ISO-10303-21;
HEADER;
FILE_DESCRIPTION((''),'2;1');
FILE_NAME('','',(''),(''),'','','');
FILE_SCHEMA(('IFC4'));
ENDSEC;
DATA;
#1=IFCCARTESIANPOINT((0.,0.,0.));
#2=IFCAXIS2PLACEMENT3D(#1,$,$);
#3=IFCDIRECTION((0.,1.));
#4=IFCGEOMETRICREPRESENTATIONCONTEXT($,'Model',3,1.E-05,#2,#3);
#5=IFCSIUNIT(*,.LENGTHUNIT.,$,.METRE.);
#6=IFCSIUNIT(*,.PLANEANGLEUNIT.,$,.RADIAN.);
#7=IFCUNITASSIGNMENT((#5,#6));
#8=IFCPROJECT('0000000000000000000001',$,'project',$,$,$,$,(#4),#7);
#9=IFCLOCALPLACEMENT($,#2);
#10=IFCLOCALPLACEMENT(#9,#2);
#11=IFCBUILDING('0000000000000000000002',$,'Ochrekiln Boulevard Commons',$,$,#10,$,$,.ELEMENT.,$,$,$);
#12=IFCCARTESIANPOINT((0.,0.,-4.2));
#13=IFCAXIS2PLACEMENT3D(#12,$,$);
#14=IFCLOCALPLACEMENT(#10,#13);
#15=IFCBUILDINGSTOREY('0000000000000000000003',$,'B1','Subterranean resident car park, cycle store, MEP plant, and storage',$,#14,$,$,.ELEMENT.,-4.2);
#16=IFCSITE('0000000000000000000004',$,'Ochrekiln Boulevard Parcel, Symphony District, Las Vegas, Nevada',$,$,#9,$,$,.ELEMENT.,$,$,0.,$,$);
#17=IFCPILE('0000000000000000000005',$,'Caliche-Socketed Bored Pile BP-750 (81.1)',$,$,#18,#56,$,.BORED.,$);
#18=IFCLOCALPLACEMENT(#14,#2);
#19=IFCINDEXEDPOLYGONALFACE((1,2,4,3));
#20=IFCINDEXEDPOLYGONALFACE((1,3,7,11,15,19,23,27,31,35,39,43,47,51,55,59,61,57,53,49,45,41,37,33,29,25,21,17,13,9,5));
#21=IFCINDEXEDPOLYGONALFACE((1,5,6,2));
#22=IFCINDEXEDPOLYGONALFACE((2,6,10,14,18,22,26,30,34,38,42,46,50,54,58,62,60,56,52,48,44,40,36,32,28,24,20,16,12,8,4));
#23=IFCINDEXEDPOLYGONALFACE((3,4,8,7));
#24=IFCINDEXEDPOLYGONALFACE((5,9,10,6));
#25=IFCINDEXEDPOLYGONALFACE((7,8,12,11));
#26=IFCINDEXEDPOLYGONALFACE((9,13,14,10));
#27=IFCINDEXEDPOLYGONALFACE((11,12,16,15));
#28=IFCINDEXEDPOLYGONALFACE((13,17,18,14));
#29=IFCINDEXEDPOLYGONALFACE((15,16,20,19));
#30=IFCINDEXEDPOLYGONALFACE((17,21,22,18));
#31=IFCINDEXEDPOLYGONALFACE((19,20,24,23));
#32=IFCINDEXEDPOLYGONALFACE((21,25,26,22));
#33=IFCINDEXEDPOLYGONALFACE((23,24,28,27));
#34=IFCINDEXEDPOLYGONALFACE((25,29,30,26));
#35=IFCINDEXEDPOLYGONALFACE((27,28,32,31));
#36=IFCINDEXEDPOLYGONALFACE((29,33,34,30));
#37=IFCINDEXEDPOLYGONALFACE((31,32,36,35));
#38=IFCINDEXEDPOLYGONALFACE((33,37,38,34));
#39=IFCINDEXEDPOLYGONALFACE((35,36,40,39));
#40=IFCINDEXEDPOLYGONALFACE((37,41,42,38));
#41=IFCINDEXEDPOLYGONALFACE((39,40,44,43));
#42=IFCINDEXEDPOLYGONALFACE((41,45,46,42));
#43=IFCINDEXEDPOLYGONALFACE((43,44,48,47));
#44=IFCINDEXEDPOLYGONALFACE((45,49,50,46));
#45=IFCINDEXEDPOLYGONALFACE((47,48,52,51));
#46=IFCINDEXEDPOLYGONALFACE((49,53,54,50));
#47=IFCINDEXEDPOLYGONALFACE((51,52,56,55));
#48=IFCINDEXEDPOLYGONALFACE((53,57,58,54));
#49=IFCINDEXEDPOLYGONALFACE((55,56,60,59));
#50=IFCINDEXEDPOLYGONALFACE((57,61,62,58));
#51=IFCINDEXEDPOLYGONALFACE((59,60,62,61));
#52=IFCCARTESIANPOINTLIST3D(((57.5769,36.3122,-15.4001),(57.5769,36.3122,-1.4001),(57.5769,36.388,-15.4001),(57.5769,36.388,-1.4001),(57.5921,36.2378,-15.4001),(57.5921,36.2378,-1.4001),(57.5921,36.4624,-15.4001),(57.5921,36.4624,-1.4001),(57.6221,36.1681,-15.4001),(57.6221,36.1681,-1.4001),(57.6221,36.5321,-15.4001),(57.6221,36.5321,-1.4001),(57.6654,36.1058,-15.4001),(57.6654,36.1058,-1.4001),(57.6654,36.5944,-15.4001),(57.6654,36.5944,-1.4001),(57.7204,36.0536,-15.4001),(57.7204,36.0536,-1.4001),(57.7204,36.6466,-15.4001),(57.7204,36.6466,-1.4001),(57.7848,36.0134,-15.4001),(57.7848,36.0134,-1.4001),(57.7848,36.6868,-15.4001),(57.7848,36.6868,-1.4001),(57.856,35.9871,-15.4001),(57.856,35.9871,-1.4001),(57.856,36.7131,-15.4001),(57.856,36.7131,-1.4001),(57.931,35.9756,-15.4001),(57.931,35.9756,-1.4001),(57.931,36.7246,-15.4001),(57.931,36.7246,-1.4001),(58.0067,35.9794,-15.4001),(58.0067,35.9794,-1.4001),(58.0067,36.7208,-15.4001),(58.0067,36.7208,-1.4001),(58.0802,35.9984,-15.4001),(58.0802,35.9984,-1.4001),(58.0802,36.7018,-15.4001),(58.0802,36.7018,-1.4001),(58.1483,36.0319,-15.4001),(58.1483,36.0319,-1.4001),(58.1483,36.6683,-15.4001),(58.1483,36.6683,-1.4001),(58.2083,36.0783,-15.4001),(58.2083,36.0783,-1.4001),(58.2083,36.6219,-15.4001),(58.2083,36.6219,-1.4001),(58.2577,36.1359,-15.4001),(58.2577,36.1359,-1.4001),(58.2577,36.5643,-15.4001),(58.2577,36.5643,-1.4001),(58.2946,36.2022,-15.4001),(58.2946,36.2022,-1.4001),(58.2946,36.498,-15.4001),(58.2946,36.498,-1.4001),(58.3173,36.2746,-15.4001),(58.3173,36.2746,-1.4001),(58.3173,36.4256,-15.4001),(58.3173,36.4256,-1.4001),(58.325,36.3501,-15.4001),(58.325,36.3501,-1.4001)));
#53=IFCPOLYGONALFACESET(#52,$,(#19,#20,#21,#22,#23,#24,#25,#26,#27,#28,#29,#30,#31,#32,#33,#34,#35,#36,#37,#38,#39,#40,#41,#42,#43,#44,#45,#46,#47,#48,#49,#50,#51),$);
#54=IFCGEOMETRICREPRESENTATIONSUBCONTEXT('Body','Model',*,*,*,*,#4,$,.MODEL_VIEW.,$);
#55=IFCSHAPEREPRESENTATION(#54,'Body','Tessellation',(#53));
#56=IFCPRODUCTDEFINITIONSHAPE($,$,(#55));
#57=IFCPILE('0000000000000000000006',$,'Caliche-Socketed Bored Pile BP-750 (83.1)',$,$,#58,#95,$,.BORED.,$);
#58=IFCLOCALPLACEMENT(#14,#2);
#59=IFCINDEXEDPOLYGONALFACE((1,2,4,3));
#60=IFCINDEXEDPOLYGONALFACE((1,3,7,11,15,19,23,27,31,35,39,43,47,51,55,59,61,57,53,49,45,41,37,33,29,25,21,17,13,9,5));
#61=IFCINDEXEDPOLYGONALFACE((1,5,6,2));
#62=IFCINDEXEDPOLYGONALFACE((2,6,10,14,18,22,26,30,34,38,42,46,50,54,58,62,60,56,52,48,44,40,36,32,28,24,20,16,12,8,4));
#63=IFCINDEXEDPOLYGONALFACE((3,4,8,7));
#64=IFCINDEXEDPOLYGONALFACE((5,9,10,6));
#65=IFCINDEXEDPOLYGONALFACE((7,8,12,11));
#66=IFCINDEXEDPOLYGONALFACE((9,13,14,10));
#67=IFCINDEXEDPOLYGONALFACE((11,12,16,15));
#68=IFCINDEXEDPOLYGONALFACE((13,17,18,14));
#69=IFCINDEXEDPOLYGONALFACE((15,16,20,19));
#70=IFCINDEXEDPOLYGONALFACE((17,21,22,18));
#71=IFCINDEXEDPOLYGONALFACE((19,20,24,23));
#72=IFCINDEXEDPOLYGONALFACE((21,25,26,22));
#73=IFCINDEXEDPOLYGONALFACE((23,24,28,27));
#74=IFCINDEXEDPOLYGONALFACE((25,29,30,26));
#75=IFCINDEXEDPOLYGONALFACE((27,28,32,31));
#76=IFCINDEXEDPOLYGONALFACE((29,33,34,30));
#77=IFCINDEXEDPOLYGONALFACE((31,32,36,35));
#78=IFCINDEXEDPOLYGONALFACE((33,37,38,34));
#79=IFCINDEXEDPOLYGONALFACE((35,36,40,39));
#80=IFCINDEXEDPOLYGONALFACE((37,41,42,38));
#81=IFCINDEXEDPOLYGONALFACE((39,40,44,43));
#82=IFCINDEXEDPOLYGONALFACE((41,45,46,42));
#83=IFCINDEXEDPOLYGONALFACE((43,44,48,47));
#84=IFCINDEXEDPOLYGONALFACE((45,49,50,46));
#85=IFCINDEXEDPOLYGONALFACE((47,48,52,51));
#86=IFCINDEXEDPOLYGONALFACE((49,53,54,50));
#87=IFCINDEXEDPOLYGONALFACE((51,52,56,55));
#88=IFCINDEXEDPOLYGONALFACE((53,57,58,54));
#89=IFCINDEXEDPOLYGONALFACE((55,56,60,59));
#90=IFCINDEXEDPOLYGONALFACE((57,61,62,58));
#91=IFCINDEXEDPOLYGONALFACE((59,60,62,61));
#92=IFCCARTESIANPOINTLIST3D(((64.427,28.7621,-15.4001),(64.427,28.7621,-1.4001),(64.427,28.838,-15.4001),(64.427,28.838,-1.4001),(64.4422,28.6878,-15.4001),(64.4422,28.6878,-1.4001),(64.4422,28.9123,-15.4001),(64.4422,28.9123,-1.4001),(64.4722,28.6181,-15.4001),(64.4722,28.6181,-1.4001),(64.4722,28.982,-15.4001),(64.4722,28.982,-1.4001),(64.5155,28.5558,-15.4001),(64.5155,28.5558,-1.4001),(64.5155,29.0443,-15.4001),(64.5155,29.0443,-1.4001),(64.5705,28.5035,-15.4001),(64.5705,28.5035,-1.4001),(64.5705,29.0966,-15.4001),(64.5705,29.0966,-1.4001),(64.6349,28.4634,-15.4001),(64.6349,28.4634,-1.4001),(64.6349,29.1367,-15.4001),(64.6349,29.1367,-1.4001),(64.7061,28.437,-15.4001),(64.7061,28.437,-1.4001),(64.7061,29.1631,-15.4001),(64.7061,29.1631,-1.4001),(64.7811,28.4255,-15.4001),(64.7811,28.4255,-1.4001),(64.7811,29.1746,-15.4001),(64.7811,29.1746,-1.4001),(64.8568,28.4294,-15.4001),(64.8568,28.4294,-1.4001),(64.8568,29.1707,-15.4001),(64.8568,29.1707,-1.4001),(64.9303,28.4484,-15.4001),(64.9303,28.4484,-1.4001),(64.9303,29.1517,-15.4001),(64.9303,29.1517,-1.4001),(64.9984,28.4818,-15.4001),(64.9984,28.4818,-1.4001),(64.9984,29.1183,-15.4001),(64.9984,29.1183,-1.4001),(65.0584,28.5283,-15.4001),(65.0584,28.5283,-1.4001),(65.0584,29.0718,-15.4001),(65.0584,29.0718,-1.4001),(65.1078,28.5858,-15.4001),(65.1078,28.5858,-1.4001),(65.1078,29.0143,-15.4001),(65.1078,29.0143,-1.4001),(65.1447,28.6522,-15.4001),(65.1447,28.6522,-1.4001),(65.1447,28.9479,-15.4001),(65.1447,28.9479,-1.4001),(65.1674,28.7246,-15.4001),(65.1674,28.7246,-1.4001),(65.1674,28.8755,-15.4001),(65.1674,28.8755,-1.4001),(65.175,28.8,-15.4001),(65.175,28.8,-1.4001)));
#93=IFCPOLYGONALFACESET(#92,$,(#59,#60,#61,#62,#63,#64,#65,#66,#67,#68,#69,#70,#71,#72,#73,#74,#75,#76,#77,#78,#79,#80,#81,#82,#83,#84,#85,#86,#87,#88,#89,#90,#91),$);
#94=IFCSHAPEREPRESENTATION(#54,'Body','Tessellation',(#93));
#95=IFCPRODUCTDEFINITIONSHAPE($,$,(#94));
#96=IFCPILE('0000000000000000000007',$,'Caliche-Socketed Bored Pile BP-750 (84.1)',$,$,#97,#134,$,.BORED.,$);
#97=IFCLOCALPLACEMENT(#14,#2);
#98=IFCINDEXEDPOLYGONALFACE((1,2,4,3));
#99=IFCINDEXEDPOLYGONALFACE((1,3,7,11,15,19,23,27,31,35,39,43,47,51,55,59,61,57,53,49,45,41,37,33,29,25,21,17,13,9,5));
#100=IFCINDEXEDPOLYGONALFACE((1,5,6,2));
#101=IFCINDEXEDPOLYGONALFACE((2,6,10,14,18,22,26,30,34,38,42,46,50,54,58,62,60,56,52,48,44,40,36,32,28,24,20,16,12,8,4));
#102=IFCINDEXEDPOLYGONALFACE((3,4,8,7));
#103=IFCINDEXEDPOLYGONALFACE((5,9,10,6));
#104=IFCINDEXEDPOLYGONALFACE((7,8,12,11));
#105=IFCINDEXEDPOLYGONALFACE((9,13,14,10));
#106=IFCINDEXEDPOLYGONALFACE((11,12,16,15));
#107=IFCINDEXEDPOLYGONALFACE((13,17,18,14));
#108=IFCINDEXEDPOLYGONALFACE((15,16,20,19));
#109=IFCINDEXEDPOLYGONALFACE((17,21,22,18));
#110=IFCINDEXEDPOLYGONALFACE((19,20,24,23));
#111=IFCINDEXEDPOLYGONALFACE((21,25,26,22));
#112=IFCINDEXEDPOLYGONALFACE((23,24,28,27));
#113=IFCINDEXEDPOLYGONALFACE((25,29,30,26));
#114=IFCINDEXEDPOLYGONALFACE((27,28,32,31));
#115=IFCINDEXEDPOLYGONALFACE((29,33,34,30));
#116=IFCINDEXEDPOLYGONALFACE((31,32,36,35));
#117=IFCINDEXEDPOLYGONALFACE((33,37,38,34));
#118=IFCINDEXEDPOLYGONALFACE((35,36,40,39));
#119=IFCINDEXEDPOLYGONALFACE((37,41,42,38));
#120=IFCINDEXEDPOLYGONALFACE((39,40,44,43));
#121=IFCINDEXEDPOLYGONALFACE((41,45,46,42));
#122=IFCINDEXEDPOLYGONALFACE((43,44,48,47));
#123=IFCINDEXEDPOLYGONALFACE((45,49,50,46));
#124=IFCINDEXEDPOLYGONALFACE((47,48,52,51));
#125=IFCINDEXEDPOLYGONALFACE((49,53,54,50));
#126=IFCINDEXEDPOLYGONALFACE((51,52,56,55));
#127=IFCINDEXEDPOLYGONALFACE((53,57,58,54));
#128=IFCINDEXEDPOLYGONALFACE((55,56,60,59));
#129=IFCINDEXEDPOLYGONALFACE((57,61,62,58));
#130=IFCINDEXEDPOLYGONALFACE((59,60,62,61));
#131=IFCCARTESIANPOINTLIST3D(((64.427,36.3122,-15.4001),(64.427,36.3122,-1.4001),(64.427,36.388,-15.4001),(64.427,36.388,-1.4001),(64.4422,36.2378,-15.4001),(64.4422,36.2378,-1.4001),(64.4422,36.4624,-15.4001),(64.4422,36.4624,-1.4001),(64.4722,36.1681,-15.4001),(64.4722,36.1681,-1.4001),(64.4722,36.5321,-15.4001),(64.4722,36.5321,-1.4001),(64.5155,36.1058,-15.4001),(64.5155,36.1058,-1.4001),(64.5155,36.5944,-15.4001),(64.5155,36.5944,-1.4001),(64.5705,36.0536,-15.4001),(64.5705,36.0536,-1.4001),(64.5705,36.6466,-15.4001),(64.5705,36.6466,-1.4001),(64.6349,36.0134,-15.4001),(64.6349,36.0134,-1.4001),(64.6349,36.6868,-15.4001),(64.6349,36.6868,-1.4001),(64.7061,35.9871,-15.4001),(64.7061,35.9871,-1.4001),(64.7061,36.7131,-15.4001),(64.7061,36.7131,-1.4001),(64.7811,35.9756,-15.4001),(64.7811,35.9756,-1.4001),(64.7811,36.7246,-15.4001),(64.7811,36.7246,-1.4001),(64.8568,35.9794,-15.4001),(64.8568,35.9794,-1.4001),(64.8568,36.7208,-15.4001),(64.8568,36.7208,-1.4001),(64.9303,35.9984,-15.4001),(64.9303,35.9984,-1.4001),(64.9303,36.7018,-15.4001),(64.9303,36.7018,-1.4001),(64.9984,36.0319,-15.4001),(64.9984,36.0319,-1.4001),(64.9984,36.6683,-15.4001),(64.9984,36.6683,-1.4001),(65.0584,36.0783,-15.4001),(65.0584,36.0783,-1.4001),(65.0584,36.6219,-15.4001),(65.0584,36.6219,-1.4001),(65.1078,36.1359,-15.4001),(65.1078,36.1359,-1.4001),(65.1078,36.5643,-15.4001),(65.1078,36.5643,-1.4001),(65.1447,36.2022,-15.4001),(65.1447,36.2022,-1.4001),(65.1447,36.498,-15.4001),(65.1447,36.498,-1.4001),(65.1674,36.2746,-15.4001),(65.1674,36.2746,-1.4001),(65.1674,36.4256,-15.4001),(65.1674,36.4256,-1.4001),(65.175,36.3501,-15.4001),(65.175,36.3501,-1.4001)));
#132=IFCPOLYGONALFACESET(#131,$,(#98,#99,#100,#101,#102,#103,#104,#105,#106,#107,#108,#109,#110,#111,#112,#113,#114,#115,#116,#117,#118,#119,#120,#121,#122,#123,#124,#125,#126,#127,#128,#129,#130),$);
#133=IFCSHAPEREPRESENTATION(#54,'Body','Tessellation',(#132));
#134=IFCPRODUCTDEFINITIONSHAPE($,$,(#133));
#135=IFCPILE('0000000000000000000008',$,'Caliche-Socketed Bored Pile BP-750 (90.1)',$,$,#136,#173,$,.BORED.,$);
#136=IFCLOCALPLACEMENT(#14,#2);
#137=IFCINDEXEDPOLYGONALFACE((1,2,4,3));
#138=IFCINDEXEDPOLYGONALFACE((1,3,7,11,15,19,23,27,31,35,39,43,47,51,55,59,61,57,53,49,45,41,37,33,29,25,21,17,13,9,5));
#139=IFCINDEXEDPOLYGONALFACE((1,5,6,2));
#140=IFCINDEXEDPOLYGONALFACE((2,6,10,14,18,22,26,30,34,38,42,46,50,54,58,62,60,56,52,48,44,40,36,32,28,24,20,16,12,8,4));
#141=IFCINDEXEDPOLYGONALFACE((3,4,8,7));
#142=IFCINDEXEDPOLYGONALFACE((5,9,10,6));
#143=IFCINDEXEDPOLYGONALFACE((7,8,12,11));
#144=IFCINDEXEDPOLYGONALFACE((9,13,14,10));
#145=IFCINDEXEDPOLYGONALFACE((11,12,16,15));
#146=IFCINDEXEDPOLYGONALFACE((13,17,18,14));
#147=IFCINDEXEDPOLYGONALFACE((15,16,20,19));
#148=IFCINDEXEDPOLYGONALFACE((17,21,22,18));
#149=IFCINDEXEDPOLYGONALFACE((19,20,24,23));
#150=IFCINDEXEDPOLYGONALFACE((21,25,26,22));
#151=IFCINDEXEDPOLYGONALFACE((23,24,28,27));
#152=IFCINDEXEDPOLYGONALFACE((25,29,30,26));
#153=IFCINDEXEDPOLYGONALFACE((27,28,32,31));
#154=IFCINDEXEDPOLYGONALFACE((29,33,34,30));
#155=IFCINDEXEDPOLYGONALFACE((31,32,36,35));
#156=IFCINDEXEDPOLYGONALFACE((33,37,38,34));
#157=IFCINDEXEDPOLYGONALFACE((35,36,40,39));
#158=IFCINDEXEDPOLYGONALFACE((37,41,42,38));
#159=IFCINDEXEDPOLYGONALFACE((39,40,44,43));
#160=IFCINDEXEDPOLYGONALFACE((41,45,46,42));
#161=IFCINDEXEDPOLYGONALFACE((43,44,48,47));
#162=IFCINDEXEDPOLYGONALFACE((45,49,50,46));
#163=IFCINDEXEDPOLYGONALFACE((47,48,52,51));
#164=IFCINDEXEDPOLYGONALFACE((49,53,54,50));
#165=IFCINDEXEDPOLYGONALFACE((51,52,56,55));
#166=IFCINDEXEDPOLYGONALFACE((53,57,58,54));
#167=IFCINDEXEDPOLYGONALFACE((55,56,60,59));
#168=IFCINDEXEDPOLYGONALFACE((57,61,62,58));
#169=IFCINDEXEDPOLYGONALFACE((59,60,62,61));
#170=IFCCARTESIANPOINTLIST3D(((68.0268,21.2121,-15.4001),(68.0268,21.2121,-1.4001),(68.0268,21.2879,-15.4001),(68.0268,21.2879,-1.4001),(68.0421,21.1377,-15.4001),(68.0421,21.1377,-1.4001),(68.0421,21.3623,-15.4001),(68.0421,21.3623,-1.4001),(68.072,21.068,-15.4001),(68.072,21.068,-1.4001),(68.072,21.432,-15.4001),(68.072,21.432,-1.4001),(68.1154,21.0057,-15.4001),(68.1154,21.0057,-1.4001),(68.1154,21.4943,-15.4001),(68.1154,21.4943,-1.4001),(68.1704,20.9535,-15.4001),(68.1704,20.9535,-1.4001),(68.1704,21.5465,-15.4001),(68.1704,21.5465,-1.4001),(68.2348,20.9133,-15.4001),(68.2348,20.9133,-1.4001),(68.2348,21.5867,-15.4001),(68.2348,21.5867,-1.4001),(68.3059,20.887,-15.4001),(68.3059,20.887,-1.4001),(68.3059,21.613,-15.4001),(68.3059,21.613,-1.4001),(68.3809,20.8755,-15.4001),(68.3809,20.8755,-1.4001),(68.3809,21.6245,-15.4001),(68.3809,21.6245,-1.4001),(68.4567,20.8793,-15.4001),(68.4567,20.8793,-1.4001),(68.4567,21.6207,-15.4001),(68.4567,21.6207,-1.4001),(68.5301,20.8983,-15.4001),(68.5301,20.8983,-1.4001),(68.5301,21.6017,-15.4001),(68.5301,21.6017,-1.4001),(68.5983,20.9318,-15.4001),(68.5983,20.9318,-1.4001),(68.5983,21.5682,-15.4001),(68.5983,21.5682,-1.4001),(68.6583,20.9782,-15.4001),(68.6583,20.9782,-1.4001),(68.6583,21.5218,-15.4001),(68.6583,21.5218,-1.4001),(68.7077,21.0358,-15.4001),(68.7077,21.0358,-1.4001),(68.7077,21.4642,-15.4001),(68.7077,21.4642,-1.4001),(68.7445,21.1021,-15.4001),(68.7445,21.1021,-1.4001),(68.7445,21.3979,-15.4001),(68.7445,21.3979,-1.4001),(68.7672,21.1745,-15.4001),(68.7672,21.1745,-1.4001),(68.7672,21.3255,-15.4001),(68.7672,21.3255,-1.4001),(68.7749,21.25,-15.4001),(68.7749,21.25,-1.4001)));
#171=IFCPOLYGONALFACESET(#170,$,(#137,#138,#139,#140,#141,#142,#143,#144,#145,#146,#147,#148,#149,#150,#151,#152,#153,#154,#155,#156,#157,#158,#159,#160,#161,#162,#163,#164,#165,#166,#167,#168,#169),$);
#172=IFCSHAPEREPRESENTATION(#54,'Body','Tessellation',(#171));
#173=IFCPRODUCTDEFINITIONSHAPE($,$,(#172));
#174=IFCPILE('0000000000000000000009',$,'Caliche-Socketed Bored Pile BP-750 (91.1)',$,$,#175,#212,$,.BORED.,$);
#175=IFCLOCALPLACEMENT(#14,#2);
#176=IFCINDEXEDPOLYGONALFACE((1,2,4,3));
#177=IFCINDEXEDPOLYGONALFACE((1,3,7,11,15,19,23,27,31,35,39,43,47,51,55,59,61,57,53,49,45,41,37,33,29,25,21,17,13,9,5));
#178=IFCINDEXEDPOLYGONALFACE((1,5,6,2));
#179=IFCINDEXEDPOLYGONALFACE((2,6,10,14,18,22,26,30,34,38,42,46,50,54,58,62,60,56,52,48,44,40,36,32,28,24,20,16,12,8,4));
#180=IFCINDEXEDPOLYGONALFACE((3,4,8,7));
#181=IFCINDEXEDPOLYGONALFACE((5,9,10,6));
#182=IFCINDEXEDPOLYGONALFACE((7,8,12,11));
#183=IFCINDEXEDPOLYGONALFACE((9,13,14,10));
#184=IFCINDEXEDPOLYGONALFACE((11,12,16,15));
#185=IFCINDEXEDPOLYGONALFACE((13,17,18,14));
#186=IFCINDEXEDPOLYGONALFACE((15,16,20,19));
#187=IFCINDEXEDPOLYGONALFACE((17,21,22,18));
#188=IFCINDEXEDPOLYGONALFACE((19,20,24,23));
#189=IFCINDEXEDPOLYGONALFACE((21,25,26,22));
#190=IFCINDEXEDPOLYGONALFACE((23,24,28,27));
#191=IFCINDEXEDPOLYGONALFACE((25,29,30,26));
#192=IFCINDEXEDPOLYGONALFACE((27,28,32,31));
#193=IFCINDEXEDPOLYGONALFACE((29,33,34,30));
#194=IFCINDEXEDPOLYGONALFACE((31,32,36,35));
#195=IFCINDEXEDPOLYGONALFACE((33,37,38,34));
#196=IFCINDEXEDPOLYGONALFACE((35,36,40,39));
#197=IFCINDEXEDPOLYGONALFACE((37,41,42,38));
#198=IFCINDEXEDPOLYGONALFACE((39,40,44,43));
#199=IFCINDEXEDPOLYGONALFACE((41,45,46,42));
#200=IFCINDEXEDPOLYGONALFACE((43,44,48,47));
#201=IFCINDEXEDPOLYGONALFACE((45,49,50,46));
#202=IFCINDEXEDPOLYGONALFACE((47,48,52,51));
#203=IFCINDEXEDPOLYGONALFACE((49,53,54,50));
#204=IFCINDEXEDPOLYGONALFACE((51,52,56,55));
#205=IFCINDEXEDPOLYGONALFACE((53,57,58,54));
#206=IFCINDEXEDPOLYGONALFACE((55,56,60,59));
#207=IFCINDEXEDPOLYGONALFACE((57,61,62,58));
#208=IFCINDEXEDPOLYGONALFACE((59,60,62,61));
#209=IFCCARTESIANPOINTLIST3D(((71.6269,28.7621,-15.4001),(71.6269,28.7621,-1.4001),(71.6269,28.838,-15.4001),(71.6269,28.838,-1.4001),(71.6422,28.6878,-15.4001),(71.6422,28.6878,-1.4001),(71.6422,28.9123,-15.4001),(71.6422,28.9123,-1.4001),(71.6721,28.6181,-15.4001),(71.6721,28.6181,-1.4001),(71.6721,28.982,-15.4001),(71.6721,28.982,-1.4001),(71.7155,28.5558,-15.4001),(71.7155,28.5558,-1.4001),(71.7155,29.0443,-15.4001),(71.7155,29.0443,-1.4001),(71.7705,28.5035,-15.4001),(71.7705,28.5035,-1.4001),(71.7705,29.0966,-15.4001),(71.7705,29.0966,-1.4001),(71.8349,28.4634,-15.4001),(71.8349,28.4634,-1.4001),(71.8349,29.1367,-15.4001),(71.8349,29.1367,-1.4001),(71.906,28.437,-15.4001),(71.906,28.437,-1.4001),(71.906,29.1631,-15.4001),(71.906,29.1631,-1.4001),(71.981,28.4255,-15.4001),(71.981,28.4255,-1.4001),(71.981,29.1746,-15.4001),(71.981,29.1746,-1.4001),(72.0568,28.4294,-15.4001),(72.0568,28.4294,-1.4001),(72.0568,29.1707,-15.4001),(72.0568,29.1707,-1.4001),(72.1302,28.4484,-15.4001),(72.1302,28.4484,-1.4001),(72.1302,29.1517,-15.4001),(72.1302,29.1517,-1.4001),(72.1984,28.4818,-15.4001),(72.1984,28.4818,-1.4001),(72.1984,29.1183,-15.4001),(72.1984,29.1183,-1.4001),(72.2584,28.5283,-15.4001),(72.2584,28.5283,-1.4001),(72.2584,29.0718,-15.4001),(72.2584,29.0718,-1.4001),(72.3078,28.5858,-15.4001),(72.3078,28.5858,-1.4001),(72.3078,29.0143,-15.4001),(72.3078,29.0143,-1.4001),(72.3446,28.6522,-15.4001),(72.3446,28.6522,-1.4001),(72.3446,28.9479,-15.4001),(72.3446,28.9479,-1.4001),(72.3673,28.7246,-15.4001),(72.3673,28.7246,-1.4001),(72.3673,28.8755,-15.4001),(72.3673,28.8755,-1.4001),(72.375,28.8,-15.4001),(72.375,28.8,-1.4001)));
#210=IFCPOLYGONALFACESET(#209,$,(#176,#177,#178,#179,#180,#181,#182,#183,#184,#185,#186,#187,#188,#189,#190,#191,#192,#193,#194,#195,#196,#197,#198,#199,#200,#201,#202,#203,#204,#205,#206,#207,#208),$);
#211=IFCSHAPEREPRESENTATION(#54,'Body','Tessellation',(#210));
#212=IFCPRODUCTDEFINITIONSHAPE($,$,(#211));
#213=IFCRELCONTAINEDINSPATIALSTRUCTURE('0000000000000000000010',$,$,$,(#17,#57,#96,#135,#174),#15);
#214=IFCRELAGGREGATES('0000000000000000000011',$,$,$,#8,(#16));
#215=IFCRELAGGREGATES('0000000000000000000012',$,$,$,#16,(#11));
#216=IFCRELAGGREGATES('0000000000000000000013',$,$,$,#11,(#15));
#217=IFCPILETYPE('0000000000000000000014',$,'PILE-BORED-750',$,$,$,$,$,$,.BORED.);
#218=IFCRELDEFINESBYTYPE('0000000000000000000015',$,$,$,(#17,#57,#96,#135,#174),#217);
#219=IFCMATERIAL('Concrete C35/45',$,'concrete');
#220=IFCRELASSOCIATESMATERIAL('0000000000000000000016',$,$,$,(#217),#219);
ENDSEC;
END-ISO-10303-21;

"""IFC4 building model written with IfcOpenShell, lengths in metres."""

from ifc_helpers import new_model, si_unit, direction, frame, origin, origin_2d, place, context, subcontext, project, spatial, circle, extrude, material, material_profile, profile_set, type_object, element, save


model = new_model("IFC4")

# Units and contexts
model_context = context("Model", 3, precision=1e-05, world=origin(), true_north=direction((0.0, 1.0)))
body_context = subcontext(model_context, "Body", "Model", "MODEL_VIEW")
ifc_project = project(units=[si_unit("LENGTHUNIT", "METRE"), si_unit("PLANEANGLEUNIT", "RADIAN")], contexts=[model_context])

# Site, building, storey
site_placement = place(None, origin())
site = spatial("IfcSite", under=ifc_project, at=site_placement, Name="Ochrekiln Boulevard Parcel, Symphony District, Las Vegas, Nevada", CompositionType="ELEMENT", RefElevation=0.0)
building_placement = place(site_placement, origin())
building = spatial("IfcBuilding", under=site, at=building_placement, Name="Ochrekiln Boulevard Commons", CompositionType="ELEMENT")
storey_placement = place(building_placement, frame((0.0, 0.0, -4.2)))
storey = spatial("IfcBuildingStorey", under=building, at=storey_placement, Name="B1", Description="Subterranean resident car park, cycle store, MEP plant, and storage", CompositionType="ELEMENT", Elevation=-4.2)

# Shared definitions
ifc_material_1 = material(Name="Concrete C35/45", Category="concrete")

# Piles
ifc_material_profile_1 = material_profile(ifc_material_1, circle(Radius=0.375, at=origin_2d()), Name="PILE-D750")
ifc_profile_set_1 = profile_set([ifc_material_profile_1], Name="Concrete C35/45")
pile_type = type_object("IfcPileType", Name="PILE-BORED-750", PredefinedType="BORED", material=ifc_profile_set_1)
for number, where, z_axis, x_axis, name in (
    (1, (57.95, 36.3501, -1.4001), (0.0, 0.0, -1.0), (1.0, 0.0, 0.0), "Caliche-Socketed Bored Pile BP-750 (81.1)"),
    (2, (64.8, 28.8, -1.4001), (0.0, 0.0, -1.0), (1.0, 0.0, 0.0), "Caliche-Socketed Bored Pile BP-750 (83.1)"),
    (3, (64.8, 36.3501, -1.4001), (0.0, 0.0, -1.0), (1.0, 0.0, 0.0), "Caliche-Socketed Bored Pile BP-750 (84.1)"),
    (4, (68.3999, 21.25, -1.4001), (0.0, 0.0, -1.0), (1.0, 0.0, 0.0), "Caliche-Socketed Bored Pile BP-750 (90.1)"),
    (5, (72.0, 28.8, -1.4001), (0.0, 0.0, -1.0), (1.0, 0.0, 0.0), "Caliche-Socketed Bored Pile BP-750 (91.1)"),
):
    element("IfcPile", number, at=place(storey_placement, frame(where, z_axis=z_axis, x_axis=x_axis)), inside=storey, type_object=pile_type, Name=name, PredefinedType="BORED", context=body_context, shape_type="SweptSolid", body=[
        extrude(circle(Radius=0.375, at=origin_2d()), origin(), (0.0, 0.0, 1.0), 14.0),
    ])

save(model, "model.ifc")
